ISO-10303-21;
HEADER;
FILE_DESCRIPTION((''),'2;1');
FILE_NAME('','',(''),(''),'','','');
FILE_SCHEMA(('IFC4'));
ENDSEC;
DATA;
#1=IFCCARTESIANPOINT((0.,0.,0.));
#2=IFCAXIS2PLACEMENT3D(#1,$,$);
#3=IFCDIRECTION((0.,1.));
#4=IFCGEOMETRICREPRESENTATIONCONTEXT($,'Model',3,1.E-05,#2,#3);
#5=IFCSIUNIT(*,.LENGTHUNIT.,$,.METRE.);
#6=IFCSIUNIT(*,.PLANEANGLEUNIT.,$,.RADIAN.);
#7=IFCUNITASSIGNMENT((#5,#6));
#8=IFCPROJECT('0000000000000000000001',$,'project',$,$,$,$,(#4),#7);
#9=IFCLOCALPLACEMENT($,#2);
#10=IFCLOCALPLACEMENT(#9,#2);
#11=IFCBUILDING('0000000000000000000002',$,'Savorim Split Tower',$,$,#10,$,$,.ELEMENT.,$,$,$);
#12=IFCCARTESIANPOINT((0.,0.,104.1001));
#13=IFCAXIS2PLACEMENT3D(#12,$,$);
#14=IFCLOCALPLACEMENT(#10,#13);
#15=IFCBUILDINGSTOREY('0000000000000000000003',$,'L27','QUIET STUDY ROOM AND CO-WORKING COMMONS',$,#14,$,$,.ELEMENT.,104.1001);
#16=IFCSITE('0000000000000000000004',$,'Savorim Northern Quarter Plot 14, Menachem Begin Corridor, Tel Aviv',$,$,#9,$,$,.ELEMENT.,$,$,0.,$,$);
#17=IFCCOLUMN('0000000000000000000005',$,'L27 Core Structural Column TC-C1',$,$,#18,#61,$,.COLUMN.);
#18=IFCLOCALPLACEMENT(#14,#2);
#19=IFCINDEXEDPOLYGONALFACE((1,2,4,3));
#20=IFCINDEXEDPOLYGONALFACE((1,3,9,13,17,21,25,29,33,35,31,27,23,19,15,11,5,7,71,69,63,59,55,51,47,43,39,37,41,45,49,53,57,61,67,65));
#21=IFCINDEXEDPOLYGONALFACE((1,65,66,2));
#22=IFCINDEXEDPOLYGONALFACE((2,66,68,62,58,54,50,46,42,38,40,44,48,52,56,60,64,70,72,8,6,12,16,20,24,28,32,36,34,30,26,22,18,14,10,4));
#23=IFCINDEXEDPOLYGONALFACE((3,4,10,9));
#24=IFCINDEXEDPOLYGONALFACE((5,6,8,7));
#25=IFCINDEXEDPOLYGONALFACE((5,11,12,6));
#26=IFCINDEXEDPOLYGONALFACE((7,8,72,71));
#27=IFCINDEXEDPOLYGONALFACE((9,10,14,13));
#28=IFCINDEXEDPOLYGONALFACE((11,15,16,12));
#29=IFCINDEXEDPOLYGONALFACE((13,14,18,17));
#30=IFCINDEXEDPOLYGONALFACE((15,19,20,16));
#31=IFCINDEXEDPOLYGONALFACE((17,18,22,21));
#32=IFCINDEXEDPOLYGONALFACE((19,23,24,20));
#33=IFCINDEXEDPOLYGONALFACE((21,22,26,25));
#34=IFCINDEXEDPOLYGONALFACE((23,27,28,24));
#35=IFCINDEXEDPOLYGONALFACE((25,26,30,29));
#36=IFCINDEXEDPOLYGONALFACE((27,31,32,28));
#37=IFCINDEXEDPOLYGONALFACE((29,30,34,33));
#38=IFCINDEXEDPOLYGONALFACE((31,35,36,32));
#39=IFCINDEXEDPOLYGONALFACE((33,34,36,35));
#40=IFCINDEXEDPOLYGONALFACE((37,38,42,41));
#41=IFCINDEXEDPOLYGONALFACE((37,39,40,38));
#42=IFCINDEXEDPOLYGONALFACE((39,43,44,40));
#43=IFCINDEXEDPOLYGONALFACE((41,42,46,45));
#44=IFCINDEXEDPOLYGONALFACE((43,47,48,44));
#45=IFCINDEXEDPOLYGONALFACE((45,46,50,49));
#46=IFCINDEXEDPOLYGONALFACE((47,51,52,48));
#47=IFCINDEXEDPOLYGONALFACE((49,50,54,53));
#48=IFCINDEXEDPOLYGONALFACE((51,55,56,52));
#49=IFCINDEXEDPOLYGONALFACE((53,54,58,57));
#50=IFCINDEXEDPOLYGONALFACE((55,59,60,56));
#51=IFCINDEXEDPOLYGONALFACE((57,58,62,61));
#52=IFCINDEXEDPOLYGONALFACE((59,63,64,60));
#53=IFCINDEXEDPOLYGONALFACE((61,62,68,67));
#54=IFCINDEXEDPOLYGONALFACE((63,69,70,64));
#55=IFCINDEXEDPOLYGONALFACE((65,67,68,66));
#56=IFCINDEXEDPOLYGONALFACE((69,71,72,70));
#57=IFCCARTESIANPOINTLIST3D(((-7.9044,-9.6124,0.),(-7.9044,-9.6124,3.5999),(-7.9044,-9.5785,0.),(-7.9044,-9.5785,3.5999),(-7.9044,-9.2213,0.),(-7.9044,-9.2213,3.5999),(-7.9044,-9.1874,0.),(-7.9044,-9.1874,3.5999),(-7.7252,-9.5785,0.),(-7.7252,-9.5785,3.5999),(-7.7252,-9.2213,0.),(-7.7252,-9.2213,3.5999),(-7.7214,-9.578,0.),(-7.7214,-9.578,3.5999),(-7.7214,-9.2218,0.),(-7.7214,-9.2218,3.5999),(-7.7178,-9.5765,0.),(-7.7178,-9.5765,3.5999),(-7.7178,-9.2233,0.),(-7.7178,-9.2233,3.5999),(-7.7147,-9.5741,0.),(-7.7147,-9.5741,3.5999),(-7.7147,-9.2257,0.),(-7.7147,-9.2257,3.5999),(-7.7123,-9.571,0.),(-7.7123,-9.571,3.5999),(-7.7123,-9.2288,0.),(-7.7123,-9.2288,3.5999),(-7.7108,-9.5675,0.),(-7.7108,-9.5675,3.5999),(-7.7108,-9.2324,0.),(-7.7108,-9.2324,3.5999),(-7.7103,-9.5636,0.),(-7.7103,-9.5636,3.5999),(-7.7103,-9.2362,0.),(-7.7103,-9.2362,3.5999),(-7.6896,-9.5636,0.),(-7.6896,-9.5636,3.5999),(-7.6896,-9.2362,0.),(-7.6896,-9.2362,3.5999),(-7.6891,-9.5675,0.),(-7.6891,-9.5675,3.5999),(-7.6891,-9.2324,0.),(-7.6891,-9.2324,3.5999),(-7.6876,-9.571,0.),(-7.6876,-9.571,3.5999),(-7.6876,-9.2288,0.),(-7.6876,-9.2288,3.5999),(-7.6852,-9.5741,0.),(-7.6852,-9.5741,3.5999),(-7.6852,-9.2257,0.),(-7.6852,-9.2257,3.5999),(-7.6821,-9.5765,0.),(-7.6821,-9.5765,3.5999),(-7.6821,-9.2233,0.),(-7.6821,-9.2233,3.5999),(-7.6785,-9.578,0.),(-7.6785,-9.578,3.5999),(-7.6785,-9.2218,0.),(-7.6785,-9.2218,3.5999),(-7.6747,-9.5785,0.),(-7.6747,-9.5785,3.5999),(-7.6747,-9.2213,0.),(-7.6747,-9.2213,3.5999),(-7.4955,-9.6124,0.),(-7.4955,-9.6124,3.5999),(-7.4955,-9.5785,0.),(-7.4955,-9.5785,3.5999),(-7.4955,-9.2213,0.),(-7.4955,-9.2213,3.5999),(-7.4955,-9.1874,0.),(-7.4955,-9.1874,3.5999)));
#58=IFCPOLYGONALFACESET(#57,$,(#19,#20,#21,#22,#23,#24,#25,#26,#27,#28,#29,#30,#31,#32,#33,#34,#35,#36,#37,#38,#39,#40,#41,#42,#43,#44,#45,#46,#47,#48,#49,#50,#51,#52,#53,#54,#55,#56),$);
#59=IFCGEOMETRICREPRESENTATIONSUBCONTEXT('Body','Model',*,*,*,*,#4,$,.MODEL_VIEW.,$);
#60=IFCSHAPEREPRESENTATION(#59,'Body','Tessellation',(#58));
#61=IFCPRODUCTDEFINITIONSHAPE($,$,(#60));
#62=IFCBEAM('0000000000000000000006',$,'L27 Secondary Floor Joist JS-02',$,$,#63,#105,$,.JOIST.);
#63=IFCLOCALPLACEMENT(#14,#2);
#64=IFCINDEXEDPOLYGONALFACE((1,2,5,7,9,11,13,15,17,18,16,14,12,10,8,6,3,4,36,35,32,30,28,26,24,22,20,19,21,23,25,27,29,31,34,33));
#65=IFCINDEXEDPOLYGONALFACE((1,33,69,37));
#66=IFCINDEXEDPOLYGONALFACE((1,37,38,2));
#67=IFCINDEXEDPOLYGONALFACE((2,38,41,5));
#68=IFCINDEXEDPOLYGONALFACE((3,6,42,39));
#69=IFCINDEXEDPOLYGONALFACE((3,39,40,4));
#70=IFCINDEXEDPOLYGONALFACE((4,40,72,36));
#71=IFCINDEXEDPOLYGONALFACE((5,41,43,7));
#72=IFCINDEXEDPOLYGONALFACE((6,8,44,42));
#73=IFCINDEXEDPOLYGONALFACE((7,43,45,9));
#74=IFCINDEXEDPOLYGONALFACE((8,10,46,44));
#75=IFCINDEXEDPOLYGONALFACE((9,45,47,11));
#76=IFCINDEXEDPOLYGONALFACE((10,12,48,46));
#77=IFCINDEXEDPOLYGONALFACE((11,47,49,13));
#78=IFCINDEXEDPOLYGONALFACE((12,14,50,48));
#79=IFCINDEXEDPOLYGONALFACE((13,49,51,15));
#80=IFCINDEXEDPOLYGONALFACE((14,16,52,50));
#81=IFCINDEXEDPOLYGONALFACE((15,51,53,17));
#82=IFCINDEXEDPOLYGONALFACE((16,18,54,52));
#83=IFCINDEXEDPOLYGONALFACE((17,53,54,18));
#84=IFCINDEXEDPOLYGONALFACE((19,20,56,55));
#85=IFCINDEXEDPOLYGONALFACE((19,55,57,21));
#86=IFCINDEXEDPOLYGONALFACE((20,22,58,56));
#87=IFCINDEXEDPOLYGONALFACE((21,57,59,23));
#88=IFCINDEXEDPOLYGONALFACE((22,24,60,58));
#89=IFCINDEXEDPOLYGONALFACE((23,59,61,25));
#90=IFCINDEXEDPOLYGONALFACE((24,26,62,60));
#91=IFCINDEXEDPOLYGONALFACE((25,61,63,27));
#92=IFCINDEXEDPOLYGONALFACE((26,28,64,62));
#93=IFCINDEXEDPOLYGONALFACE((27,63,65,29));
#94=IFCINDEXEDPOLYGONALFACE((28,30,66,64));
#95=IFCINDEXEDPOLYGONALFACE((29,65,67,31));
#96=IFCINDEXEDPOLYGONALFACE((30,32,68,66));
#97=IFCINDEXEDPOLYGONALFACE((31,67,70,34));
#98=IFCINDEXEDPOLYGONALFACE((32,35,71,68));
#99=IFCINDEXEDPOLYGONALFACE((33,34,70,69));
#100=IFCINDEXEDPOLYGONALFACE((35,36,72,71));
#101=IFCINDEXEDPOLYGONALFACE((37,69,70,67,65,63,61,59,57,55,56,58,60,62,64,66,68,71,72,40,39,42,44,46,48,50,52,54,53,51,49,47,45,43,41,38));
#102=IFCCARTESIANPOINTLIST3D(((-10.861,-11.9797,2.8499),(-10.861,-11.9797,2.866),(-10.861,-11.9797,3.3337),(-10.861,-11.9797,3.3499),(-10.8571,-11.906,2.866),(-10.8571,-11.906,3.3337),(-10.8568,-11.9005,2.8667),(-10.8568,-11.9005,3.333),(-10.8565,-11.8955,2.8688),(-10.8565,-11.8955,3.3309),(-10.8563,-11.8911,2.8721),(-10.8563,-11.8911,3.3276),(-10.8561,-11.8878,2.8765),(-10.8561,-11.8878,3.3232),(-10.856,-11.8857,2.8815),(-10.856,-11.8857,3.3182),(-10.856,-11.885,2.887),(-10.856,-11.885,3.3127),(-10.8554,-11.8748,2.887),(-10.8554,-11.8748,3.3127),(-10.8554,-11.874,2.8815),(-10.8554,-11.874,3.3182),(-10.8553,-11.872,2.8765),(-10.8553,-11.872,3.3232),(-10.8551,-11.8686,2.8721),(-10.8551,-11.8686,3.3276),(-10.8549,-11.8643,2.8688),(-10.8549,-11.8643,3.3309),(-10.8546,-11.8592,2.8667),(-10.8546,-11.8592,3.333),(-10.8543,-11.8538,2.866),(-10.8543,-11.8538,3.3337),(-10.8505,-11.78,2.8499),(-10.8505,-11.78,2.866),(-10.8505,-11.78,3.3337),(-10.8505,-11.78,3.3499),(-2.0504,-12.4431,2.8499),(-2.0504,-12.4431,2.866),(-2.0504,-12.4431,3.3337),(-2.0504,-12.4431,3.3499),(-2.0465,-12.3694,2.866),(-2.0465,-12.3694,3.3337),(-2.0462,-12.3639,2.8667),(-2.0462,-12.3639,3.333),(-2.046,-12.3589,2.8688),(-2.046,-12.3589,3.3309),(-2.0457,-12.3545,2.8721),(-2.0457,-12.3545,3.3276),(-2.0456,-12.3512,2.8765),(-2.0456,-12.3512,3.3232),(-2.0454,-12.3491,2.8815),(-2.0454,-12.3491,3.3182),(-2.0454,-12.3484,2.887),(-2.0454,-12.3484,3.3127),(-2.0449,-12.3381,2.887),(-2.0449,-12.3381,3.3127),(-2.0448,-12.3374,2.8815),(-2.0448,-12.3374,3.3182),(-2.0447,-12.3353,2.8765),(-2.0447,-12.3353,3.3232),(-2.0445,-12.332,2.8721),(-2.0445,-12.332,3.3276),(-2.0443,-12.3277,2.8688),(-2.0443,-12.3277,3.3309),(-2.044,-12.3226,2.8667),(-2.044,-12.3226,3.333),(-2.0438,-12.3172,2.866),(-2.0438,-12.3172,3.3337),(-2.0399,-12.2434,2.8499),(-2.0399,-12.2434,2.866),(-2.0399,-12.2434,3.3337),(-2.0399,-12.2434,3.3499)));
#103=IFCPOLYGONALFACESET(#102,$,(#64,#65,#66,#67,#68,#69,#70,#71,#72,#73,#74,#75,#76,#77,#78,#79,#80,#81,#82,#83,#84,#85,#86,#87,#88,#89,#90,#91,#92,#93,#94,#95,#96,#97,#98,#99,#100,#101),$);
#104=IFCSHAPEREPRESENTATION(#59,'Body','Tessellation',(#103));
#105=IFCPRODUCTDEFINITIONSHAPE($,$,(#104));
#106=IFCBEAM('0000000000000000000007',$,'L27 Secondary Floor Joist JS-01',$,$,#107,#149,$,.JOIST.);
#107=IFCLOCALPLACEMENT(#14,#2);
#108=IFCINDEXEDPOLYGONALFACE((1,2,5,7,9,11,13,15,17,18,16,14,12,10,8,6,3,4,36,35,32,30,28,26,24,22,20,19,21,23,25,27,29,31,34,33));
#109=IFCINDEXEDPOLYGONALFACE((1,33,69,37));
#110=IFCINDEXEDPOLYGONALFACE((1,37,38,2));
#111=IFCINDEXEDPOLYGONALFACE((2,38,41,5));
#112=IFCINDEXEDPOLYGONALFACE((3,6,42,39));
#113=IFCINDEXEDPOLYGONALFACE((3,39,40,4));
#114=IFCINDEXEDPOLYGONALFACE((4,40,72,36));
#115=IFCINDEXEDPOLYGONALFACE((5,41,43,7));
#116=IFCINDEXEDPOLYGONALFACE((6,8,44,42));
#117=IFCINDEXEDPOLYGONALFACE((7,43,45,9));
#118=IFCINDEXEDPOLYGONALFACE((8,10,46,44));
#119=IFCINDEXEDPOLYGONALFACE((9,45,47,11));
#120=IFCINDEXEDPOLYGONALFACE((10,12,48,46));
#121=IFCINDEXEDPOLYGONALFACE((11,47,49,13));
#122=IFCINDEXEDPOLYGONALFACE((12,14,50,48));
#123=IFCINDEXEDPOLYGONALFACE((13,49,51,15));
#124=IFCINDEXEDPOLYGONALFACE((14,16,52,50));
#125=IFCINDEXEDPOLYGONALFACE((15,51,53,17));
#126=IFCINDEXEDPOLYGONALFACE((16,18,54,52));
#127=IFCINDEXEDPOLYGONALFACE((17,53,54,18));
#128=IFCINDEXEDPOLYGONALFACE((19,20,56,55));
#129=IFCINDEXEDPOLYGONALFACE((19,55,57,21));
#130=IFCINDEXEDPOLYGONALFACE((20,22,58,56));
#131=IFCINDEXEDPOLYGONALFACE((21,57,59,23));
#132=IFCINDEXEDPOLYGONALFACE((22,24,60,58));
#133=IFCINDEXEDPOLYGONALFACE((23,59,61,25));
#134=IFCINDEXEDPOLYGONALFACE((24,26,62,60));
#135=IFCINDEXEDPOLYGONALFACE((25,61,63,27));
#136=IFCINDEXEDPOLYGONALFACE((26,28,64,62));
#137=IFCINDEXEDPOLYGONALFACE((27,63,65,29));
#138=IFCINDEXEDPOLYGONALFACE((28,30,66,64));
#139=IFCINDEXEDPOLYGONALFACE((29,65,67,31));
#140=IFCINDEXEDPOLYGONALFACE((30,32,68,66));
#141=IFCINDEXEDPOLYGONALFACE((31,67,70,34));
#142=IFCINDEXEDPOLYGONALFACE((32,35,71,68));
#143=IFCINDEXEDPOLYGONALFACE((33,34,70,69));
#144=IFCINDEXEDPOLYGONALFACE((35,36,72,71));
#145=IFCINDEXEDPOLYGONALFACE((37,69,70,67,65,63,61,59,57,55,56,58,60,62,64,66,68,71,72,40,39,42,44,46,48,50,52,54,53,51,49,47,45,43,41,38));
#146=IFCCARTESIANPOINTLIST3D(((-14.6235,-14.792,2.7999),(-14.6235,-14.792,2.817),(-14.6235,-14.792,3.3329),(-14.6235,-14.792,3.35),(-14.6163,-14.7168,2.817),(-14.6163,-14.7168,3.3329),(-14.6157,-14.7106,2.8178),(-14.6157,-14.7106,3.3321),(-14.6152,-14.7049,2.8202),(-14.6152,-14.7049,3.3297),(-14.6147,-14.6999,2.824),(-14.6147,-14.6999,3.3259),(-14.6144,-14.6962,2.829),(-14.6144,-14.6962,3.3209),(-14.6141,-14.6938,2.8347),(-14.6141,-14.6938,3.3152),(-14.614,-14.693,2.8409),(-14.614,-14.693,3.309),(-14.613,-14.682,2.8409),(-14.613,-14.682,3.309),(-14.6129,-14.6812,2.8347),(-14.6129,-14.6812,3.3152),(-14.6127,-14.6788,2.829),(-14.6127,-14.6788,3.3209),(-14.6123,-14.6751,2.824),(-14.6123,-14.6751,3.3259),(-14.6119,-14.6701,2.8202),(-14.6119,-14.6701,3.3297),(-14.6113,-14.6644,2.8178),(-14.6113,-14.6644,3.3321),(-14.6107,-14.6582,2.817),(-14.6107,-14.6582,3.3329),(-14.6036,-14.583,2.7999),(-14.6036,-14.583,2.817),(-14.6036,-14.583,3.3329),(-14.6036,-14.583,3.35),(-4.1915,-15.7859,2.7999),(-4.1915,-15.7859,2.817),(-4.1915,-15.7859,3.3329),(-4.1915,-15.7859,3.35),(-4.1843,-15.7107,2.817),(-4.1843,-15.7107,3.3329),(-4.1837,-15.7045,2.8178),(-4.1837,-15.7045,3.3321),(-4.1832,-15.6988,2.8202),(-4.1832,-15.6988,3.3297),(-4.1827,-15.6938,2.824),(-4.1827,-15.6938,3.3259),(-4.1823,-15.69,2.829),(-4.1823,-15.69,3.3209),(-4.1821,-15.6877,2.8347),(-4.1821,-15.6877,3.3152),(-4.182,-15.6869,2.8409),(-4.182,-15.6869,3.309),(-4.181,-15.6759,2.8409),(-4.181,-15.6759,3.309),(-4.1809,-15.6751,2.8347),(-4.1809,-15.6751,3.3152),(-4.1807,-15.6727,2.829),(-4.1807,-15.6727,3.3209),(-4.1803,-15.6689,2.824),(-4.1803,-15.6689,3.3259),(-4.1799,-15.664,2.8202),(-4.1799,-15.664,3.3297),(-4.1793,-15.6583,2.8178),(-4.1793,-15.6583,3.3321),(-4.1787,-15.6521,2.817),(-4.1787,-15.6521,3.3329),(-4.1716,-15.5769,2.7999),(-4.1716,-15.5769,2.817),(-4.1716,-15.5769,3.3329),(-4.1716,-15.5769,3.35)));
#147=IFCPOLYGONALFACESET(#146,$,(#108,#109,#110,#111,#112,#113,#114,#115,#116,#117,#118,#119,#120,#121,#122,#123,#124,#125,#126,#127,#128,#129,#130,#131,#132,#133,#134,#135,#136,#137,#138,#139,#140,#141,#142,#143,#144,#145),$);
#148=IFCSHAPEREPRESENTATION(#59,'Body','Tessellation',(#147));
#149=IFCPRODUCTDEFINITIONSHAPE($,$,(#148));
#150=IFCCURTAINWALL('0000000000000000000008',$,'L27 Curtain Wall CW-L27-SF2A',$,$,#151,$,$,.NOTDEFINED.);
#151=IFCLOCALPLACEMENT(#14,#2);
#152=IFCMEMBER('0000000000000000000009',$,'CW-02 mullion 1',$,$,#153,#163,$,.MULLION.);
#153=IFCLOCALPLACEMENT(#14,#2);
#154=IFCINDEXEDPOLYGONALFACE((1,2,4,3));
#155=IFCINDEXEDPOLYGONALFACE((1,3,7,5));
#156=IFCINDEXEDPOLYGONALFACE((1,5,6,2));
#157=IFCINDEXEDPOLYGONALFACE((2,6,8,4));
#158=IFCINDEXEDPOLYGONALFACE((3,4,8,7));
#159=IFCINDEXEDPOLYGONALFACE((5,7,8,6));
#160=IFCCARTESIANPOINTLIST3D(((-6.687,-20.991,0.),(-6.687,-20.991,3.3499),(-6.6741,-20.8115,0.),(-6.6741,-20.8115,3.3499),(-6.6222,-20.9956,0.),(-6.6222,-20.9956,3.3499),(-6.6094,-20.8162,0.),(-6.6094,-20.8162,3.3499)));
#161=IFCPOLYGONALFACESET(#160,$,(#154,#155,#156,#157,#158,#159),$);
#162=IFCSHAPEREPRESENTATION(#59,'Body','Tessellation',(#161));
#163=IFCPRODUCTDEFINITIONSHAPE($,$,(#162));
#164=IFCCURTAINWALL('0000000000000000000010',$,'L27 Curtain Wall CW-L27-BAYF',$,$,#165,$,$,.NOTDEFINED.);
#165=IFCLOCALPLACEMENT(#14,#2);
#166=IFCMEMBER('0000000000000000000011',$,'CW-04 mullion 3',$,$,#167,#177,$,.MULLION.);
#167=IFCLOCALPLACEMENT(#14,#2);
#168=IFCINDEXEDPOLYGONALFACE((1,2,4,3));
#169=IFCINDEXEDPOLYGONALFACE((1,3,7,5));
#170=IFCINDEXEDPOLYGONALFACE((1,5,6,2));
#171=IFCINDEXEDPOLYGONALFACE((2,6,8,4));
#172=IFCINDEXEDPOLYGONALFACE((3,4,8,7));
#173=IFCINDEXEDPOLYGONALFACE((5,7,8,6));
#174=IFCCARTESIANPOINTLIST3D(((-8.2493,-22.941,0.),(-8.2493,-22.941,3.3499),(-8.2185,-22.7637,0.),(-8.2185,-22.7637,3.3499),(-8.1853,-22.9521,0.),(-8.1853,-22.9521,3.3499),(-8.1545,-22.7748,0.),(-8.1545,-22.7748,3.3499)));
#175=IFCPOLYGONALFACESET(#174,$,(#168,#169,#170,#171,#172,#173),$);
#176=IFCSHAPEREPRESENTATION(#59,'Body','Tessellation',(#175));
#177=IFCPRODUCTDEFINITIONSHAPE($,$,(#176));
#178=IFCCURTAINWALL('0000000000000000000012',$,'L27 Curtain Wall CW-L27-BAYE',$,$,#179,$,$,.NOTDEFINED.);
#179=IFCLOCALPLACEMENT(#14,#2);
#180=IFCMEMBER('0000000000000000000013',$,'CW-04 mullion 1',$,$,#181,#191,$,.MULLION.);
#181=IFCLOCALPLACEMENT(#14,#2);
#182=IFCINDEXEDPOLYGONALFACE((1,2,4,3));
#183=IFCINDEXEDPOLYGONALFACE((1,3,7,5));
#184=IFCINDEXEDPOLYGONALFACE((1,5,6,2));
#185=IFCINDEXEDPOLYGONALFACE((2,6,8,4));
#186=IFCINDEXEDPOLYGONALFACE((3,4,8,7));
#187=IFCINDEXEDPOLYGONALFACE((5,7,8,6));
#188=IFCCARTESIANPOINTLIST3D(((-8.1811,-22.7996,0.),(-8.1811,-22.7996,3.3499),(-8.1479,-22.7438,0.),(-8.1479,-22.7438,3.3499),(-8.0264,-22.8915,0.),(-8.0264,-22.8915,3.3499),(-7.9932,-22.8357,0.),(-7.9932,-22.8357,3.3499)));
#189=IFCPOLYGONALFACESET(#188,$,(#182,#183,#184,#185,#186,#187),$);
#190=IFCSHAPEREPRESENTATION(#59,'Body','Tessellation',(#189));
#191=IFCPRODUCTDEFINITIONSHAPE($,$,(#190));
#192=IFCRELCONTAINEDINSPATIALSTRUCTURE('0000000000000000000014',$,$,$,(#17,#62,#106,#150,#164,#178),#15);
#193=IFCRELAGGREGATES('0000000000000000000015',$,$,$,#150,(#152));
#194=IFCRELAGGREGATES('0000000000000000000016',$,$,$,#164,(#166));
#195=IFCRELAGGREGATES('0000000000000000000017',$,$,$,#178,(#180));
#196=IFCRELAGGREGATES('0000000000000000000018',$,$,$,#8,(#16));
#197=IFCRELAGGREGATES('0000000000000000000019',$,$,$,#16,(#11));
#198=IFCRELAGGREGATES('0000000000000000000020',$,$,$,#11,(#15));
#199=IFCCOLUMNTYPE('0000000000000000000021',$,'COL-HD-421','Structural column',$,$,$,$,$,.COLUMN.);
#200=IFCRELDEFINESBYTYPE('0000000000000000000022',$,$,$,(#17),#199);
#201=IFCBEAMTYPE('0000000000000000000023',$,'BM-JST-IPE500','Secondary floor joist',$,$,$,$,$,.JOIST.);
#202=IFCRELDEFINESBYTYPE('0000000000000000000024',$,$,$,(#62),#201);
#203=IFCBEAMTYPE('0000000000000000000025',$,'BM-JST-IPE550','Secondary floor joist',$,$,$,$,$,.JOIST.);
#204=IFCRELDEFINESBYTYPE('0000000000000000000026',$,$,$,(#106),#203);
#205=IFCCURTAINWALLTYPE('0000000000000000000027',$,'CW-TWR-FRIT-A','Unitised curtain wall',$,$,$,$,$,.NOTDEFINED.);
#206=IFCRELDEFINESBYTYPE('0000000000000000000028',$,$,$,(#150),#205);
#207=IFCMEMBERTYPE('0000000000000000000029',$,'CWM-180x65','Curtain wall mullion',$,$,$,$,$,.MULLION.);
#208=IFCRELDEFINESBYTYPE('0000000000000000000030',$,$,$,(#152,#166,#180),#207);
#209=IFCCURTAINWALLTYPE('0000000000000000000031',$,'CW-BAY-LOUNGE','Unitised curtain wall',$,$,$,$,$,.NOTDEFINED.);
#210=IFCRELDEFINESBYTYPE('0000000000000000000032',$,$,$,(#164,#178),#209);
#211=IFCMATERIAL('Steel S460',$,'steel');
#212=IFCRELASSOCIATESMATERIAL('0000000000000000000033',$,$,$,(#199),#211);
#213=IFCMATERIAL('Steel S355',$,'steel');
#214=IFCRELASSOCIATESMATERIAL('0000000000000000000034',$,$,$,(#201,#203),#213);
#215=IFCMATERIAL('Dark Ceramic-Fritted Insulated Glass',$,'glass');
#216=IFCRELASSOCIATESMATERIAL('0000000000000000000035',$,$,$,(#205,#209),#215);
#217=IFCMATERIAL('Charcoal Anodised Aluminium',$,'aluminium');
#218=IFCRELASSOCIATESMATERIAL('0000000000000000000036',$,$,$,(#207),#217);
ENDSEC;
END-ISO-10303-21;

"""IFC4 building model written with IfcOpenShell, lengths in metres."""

from ifc_helpers import new_model, si_unit, direction, frame, origin, origin_2d, place, context, subcontext, project, spatial, rectangle, i_section, extrude, material, material_profile, profile_set, type_object, element, aggregate, save


model = new_model("IFC4")

# Units and contexts
model_context = context("Model", 3, precision=1e-05, world=origin(), true_north=direction((0.0, 1.0)))
body_context = subcontext(model_context, "Body", "Model", "MODEL_VIEW")
ifc_project = project(units=[si_unit("LENGTHUNIT", "METRE"), si_unit("PLANEANGLEUNIT", "RADIAN")], contexts=[model_context])

# Site, building, storey
site_placement = place(None, origin())
site = spatial("IfcSite", under=ifc_project, at=site_placement, Name="Savorim Northern Quarter Plot 14, Menachem Begin Corridor, Tel Aviv", CompositionType="ELEMENT", RefElevation=0.0)
building_placement = place(site_placement, origin())
building = spatial("IfcBuilding", under=site, at=building_placement, Name="Savorim Split Tower", CompositionType="ELEMENT")
storey_placement = place(building_placement, frame((0.0, 0.0, 104.1001)))
storey = spatial("IfcBuildingStorey", under=building, at=storey_placement, Name="L27", Description="QUIET STUDY ROOM AND CO-WORKING COMMONS", CompositionType="ELEMENT", Elevation=104.1001)

# Column
ifc_material_1 = material(Name="Steel S460", Category="steel")
ifc_material_profile_1 = material_profile(ifc_material_1, i_section(OverallWidth=0.4089, OverallDepth=0.425, WebThickness=0.0208, FlangeThickness=0.0339, FilletRadius=0.0149, at=origin_2d()), Name="HD 400x421")
ifc_profile_set_1 = profile_set([ifc_material_profile_1], Name="Steel S460")
column_type = type_object("IfcColumnType", Name="COL-HD-421", Description="Structural column", PredefinedType="COLUMN", material=ifc_profile_set_1)
column_placement = place(storey_placement, frame((-7.7, -9.3999, 0.0), z_axis=(0.0, 0.0, 1.0), x_axis=(1.0, 0.0, 0.0)))
element("IfcColumn", 1, at=column_placement, inside=storey, type_object=column_type, Name="L27 Core Structural Column TC-C1", PredefinedType="COLUMN", context=body_context, shape_type="SweptSolid", body=[
    extrude(i_section(OverallWidth=0.4089, OverallDepth=0.425, WebThickness=0.0208, FlangeThickness=0.0339, FilletRadius=0.0149, at=origin_2d()), origin(), (0.0, 0.0, 1.0), 3.5999),
])

# Beams
ifc_material_2 = material(Name="Steel S355", Category="steel")
ifc_material_profile_2 = material_profile(ifc_material_2, i_section(OverallWidth=0.2, OverallDepth=0.5, WebThickness=0.0103, FlangeThickness=0.0161, FilletRadius=0.021, at=origin_2d()), Name="IPE 500")
ifc_profile_set_2 = profile_set([ifc_material_profile_2], Name="Steel S355")
beam_type_1 = type_object("IfcBeamType", Name="BM-JST-IPE500", Description="Secondary floor joist", PredefinedType="JOIST", material=ifc_profile_set_2)
beam_1_placement = place(storey_placement, frame((-10.8557, -11.8799, 3.0999), z_axis=(0.99862, -0.052521, 0.0), x_axis=(0.052521, 0.99862, 0.0)))
element("IfcBeam", 2, at=beam_1_placement, inside=storey, type_object=beam_type_1, Name="L27 Secondary Floor Joist JS-02", PredefinedType="JOIST", context=body_context, shape_type="SweptSolid", body=[
    extrude(i_section(OverallWidth=0.2, OverallDepth=0.5, WebThickness=0.0103, FlangeThickness=0.0161, FilletRadius=0.021, at=origin_2d()), origin(), (0.0, 0.0, 1.0), 8.8228),
])
ifc_material_profile_3 = material_profile(ifc_material_2, i_section(OverallWidth=0.21, OverallDepth=0.55, WebThickness=0.011, FlangeThickness=0.0171, FilletRadius=0.0239, at=origin_2d()), Name="IPE 550")
ifc_profile_set_3 = profile_set([ifc_material_profile_3], Name="Steel S355")
beam_type_2 = type_object("IfcBeamType", Name="BM-JST-IPE550", Description="Secondary floor joist", PredefinedType="JOIST", material=ifc_profile_set_3)
beam_2_placement = place(storey_placement, frame((-14.6135, -14.6875, 3.075), z_axis=(0.995492, -0.094843, 0.0), x_axis=(0.094843, 0.995492, 0.0)))
element("IfcBeam", 3, at=beam_2_placement, inside=storey, type_object=beam_type_2, Name="L27 Secondary Floor Joist JS-01", PredefinedType="JOIST", context=body_context, shape_type="SweptSolid", body=[
    extrude(i_section(OverallWidth=0.21, OverallDepth=0.55, WebThickness=0.011, FlangeThickness=0.0171, FilletRadius=0.0239, at=origin_2d()), origin(), (0.0, 0.0, 1.0), 10.4792),
])

# Curtain walls, members
ifc_material_3 = material(Name="Dark Ceramic-Fritted Insulated Glass", Category="glass")
curtain_wall_type_1 = type_object("IfcCurtainWallType", Name="CW-TWR-FRIT-A", Description="Unitised curtain wall", PredefinedType="NOTDEFINED", material=ifc_material_3)
curtain_wall_1_placement = place(storey_placement, origin())
curtain_wall_1 = element("IfcCurtainWall", 4, at=curtain_wall_1_placement, inside=storey, type_object=curtain_wall_type_1, Name="L27 Curtain Wall CW-L27-SF2A", PredefinedType="NOTDEFINED")
ifc_material_4 = material(Name="Charcoal Anodised Aluminium", Category="aluminium")
ifc_material_profile_4 = material_profile(ifc_material_4, rectangle(XDim=0.1799, YDim=0.0649, at=origin_2d()), Name="ALU-M 180x65")
ifc_profile_set_4 = profile_set([ifc_material_profile_4], Name="Charcoal Anodised Aluminium")
member_type_1 = type_object("IfcMemberType", Name="CWM-180x65", Description="Curtain wall mullion", PredefinedType="MULLION", material=ifc_profile_set_4)
member_1_placement = place(storey_placement, frame((-6.6482, -20.9036, 0.0), z_axis=(0.0, 0.0, 1.0), x_axis=(0.071569, 0.997436, 0.0)))
member_1 = element("IfcMember", 5, at=member_1_placement, type_object=member_type_1, Name="CW-02 mullion 1", PredefinedType="MULLION", context=body_context, shape_type="SweptSolid", body=[
    extrude(rectangle(XDim=0.1799, YDim=0.0649, at=origin_2d()), origin(), (0.0, 0.0, 1.0), 3.3499),
])
aggregate(curtain_wall_1, [member_1])
curtain_wall_type_2 = type_object("IfcCurtainWallType", Name="CW-BAY-LOUNGE", Description="Unitised curtain wall", PredefinedType="NOTDEFINED", material=ifc_material_3)
curtain_wall_2_placement = place(storey_placement, origin())
curtain_wall_2 = element("IfcCurtainWall", 6, at=curtain_wall_2_placement, inside=storey, type_object=curtain_wall_type_2, Name="L27 Curtain Wall CW-L27-BAYF", PredefinedType="NOTDEFINED")
member_2_placement = place(storey_placement, frame((-8.2019, -22.8579, 0.0), z_axis=(0.0, 0.0, 1.0), x_axis=(0.171191, 0.985238, 0.0)))
member_2 = element("IfcMember", 7, at=member_2_placement, type_object=member_type_1, Name="CW-04 mullion 3", PredefinedType="MULLION", context=body_context, shape_type="SweptSolid", body=[
    extrude(rectangle(XDim=0.1799, YDim=0.0649, at=origin_2d()), origin(), (0.0, 0.0, 1.0), 3.3499),
])

# Curtain wall, member
curtain_wall_3_placement = place(storey_placement, origin())
curtain_wall_3 = element("IfcCurtainWall", 8, at=curtain_wall_3_placement, inside=storey, type_object=curtain_wall_type_2, Name="L27 Curtain Wall CW-L27-BAYE", PredefinedType="NOTDEFINED")
member_3_placement = place(storey_placement, frame((-8.0872, -22.8176, 0.0), z_axis=(0.0, 0.0, 1.0), x_axis=(-0.859722, 0.510761, 0.0)))
member_3 = element("IfcMember", 9, at=member_3_placement, type_object=member_type_1, Name="CW-04 mullion 1", PredefinedType="MULLION", context=body_context, shape_type="SweptSolid", body=[
    extrude(rectangle(XDim=0.1799, YDim=0.0649, at=origin_2d()), origin(), (0.0, 0.0, 1.0), 3.3499),
])

aggregate(curtain_wall_2, [member_2])
aggregate(curtain_wall_3, [member_3])

save(model, "model.ifc")
